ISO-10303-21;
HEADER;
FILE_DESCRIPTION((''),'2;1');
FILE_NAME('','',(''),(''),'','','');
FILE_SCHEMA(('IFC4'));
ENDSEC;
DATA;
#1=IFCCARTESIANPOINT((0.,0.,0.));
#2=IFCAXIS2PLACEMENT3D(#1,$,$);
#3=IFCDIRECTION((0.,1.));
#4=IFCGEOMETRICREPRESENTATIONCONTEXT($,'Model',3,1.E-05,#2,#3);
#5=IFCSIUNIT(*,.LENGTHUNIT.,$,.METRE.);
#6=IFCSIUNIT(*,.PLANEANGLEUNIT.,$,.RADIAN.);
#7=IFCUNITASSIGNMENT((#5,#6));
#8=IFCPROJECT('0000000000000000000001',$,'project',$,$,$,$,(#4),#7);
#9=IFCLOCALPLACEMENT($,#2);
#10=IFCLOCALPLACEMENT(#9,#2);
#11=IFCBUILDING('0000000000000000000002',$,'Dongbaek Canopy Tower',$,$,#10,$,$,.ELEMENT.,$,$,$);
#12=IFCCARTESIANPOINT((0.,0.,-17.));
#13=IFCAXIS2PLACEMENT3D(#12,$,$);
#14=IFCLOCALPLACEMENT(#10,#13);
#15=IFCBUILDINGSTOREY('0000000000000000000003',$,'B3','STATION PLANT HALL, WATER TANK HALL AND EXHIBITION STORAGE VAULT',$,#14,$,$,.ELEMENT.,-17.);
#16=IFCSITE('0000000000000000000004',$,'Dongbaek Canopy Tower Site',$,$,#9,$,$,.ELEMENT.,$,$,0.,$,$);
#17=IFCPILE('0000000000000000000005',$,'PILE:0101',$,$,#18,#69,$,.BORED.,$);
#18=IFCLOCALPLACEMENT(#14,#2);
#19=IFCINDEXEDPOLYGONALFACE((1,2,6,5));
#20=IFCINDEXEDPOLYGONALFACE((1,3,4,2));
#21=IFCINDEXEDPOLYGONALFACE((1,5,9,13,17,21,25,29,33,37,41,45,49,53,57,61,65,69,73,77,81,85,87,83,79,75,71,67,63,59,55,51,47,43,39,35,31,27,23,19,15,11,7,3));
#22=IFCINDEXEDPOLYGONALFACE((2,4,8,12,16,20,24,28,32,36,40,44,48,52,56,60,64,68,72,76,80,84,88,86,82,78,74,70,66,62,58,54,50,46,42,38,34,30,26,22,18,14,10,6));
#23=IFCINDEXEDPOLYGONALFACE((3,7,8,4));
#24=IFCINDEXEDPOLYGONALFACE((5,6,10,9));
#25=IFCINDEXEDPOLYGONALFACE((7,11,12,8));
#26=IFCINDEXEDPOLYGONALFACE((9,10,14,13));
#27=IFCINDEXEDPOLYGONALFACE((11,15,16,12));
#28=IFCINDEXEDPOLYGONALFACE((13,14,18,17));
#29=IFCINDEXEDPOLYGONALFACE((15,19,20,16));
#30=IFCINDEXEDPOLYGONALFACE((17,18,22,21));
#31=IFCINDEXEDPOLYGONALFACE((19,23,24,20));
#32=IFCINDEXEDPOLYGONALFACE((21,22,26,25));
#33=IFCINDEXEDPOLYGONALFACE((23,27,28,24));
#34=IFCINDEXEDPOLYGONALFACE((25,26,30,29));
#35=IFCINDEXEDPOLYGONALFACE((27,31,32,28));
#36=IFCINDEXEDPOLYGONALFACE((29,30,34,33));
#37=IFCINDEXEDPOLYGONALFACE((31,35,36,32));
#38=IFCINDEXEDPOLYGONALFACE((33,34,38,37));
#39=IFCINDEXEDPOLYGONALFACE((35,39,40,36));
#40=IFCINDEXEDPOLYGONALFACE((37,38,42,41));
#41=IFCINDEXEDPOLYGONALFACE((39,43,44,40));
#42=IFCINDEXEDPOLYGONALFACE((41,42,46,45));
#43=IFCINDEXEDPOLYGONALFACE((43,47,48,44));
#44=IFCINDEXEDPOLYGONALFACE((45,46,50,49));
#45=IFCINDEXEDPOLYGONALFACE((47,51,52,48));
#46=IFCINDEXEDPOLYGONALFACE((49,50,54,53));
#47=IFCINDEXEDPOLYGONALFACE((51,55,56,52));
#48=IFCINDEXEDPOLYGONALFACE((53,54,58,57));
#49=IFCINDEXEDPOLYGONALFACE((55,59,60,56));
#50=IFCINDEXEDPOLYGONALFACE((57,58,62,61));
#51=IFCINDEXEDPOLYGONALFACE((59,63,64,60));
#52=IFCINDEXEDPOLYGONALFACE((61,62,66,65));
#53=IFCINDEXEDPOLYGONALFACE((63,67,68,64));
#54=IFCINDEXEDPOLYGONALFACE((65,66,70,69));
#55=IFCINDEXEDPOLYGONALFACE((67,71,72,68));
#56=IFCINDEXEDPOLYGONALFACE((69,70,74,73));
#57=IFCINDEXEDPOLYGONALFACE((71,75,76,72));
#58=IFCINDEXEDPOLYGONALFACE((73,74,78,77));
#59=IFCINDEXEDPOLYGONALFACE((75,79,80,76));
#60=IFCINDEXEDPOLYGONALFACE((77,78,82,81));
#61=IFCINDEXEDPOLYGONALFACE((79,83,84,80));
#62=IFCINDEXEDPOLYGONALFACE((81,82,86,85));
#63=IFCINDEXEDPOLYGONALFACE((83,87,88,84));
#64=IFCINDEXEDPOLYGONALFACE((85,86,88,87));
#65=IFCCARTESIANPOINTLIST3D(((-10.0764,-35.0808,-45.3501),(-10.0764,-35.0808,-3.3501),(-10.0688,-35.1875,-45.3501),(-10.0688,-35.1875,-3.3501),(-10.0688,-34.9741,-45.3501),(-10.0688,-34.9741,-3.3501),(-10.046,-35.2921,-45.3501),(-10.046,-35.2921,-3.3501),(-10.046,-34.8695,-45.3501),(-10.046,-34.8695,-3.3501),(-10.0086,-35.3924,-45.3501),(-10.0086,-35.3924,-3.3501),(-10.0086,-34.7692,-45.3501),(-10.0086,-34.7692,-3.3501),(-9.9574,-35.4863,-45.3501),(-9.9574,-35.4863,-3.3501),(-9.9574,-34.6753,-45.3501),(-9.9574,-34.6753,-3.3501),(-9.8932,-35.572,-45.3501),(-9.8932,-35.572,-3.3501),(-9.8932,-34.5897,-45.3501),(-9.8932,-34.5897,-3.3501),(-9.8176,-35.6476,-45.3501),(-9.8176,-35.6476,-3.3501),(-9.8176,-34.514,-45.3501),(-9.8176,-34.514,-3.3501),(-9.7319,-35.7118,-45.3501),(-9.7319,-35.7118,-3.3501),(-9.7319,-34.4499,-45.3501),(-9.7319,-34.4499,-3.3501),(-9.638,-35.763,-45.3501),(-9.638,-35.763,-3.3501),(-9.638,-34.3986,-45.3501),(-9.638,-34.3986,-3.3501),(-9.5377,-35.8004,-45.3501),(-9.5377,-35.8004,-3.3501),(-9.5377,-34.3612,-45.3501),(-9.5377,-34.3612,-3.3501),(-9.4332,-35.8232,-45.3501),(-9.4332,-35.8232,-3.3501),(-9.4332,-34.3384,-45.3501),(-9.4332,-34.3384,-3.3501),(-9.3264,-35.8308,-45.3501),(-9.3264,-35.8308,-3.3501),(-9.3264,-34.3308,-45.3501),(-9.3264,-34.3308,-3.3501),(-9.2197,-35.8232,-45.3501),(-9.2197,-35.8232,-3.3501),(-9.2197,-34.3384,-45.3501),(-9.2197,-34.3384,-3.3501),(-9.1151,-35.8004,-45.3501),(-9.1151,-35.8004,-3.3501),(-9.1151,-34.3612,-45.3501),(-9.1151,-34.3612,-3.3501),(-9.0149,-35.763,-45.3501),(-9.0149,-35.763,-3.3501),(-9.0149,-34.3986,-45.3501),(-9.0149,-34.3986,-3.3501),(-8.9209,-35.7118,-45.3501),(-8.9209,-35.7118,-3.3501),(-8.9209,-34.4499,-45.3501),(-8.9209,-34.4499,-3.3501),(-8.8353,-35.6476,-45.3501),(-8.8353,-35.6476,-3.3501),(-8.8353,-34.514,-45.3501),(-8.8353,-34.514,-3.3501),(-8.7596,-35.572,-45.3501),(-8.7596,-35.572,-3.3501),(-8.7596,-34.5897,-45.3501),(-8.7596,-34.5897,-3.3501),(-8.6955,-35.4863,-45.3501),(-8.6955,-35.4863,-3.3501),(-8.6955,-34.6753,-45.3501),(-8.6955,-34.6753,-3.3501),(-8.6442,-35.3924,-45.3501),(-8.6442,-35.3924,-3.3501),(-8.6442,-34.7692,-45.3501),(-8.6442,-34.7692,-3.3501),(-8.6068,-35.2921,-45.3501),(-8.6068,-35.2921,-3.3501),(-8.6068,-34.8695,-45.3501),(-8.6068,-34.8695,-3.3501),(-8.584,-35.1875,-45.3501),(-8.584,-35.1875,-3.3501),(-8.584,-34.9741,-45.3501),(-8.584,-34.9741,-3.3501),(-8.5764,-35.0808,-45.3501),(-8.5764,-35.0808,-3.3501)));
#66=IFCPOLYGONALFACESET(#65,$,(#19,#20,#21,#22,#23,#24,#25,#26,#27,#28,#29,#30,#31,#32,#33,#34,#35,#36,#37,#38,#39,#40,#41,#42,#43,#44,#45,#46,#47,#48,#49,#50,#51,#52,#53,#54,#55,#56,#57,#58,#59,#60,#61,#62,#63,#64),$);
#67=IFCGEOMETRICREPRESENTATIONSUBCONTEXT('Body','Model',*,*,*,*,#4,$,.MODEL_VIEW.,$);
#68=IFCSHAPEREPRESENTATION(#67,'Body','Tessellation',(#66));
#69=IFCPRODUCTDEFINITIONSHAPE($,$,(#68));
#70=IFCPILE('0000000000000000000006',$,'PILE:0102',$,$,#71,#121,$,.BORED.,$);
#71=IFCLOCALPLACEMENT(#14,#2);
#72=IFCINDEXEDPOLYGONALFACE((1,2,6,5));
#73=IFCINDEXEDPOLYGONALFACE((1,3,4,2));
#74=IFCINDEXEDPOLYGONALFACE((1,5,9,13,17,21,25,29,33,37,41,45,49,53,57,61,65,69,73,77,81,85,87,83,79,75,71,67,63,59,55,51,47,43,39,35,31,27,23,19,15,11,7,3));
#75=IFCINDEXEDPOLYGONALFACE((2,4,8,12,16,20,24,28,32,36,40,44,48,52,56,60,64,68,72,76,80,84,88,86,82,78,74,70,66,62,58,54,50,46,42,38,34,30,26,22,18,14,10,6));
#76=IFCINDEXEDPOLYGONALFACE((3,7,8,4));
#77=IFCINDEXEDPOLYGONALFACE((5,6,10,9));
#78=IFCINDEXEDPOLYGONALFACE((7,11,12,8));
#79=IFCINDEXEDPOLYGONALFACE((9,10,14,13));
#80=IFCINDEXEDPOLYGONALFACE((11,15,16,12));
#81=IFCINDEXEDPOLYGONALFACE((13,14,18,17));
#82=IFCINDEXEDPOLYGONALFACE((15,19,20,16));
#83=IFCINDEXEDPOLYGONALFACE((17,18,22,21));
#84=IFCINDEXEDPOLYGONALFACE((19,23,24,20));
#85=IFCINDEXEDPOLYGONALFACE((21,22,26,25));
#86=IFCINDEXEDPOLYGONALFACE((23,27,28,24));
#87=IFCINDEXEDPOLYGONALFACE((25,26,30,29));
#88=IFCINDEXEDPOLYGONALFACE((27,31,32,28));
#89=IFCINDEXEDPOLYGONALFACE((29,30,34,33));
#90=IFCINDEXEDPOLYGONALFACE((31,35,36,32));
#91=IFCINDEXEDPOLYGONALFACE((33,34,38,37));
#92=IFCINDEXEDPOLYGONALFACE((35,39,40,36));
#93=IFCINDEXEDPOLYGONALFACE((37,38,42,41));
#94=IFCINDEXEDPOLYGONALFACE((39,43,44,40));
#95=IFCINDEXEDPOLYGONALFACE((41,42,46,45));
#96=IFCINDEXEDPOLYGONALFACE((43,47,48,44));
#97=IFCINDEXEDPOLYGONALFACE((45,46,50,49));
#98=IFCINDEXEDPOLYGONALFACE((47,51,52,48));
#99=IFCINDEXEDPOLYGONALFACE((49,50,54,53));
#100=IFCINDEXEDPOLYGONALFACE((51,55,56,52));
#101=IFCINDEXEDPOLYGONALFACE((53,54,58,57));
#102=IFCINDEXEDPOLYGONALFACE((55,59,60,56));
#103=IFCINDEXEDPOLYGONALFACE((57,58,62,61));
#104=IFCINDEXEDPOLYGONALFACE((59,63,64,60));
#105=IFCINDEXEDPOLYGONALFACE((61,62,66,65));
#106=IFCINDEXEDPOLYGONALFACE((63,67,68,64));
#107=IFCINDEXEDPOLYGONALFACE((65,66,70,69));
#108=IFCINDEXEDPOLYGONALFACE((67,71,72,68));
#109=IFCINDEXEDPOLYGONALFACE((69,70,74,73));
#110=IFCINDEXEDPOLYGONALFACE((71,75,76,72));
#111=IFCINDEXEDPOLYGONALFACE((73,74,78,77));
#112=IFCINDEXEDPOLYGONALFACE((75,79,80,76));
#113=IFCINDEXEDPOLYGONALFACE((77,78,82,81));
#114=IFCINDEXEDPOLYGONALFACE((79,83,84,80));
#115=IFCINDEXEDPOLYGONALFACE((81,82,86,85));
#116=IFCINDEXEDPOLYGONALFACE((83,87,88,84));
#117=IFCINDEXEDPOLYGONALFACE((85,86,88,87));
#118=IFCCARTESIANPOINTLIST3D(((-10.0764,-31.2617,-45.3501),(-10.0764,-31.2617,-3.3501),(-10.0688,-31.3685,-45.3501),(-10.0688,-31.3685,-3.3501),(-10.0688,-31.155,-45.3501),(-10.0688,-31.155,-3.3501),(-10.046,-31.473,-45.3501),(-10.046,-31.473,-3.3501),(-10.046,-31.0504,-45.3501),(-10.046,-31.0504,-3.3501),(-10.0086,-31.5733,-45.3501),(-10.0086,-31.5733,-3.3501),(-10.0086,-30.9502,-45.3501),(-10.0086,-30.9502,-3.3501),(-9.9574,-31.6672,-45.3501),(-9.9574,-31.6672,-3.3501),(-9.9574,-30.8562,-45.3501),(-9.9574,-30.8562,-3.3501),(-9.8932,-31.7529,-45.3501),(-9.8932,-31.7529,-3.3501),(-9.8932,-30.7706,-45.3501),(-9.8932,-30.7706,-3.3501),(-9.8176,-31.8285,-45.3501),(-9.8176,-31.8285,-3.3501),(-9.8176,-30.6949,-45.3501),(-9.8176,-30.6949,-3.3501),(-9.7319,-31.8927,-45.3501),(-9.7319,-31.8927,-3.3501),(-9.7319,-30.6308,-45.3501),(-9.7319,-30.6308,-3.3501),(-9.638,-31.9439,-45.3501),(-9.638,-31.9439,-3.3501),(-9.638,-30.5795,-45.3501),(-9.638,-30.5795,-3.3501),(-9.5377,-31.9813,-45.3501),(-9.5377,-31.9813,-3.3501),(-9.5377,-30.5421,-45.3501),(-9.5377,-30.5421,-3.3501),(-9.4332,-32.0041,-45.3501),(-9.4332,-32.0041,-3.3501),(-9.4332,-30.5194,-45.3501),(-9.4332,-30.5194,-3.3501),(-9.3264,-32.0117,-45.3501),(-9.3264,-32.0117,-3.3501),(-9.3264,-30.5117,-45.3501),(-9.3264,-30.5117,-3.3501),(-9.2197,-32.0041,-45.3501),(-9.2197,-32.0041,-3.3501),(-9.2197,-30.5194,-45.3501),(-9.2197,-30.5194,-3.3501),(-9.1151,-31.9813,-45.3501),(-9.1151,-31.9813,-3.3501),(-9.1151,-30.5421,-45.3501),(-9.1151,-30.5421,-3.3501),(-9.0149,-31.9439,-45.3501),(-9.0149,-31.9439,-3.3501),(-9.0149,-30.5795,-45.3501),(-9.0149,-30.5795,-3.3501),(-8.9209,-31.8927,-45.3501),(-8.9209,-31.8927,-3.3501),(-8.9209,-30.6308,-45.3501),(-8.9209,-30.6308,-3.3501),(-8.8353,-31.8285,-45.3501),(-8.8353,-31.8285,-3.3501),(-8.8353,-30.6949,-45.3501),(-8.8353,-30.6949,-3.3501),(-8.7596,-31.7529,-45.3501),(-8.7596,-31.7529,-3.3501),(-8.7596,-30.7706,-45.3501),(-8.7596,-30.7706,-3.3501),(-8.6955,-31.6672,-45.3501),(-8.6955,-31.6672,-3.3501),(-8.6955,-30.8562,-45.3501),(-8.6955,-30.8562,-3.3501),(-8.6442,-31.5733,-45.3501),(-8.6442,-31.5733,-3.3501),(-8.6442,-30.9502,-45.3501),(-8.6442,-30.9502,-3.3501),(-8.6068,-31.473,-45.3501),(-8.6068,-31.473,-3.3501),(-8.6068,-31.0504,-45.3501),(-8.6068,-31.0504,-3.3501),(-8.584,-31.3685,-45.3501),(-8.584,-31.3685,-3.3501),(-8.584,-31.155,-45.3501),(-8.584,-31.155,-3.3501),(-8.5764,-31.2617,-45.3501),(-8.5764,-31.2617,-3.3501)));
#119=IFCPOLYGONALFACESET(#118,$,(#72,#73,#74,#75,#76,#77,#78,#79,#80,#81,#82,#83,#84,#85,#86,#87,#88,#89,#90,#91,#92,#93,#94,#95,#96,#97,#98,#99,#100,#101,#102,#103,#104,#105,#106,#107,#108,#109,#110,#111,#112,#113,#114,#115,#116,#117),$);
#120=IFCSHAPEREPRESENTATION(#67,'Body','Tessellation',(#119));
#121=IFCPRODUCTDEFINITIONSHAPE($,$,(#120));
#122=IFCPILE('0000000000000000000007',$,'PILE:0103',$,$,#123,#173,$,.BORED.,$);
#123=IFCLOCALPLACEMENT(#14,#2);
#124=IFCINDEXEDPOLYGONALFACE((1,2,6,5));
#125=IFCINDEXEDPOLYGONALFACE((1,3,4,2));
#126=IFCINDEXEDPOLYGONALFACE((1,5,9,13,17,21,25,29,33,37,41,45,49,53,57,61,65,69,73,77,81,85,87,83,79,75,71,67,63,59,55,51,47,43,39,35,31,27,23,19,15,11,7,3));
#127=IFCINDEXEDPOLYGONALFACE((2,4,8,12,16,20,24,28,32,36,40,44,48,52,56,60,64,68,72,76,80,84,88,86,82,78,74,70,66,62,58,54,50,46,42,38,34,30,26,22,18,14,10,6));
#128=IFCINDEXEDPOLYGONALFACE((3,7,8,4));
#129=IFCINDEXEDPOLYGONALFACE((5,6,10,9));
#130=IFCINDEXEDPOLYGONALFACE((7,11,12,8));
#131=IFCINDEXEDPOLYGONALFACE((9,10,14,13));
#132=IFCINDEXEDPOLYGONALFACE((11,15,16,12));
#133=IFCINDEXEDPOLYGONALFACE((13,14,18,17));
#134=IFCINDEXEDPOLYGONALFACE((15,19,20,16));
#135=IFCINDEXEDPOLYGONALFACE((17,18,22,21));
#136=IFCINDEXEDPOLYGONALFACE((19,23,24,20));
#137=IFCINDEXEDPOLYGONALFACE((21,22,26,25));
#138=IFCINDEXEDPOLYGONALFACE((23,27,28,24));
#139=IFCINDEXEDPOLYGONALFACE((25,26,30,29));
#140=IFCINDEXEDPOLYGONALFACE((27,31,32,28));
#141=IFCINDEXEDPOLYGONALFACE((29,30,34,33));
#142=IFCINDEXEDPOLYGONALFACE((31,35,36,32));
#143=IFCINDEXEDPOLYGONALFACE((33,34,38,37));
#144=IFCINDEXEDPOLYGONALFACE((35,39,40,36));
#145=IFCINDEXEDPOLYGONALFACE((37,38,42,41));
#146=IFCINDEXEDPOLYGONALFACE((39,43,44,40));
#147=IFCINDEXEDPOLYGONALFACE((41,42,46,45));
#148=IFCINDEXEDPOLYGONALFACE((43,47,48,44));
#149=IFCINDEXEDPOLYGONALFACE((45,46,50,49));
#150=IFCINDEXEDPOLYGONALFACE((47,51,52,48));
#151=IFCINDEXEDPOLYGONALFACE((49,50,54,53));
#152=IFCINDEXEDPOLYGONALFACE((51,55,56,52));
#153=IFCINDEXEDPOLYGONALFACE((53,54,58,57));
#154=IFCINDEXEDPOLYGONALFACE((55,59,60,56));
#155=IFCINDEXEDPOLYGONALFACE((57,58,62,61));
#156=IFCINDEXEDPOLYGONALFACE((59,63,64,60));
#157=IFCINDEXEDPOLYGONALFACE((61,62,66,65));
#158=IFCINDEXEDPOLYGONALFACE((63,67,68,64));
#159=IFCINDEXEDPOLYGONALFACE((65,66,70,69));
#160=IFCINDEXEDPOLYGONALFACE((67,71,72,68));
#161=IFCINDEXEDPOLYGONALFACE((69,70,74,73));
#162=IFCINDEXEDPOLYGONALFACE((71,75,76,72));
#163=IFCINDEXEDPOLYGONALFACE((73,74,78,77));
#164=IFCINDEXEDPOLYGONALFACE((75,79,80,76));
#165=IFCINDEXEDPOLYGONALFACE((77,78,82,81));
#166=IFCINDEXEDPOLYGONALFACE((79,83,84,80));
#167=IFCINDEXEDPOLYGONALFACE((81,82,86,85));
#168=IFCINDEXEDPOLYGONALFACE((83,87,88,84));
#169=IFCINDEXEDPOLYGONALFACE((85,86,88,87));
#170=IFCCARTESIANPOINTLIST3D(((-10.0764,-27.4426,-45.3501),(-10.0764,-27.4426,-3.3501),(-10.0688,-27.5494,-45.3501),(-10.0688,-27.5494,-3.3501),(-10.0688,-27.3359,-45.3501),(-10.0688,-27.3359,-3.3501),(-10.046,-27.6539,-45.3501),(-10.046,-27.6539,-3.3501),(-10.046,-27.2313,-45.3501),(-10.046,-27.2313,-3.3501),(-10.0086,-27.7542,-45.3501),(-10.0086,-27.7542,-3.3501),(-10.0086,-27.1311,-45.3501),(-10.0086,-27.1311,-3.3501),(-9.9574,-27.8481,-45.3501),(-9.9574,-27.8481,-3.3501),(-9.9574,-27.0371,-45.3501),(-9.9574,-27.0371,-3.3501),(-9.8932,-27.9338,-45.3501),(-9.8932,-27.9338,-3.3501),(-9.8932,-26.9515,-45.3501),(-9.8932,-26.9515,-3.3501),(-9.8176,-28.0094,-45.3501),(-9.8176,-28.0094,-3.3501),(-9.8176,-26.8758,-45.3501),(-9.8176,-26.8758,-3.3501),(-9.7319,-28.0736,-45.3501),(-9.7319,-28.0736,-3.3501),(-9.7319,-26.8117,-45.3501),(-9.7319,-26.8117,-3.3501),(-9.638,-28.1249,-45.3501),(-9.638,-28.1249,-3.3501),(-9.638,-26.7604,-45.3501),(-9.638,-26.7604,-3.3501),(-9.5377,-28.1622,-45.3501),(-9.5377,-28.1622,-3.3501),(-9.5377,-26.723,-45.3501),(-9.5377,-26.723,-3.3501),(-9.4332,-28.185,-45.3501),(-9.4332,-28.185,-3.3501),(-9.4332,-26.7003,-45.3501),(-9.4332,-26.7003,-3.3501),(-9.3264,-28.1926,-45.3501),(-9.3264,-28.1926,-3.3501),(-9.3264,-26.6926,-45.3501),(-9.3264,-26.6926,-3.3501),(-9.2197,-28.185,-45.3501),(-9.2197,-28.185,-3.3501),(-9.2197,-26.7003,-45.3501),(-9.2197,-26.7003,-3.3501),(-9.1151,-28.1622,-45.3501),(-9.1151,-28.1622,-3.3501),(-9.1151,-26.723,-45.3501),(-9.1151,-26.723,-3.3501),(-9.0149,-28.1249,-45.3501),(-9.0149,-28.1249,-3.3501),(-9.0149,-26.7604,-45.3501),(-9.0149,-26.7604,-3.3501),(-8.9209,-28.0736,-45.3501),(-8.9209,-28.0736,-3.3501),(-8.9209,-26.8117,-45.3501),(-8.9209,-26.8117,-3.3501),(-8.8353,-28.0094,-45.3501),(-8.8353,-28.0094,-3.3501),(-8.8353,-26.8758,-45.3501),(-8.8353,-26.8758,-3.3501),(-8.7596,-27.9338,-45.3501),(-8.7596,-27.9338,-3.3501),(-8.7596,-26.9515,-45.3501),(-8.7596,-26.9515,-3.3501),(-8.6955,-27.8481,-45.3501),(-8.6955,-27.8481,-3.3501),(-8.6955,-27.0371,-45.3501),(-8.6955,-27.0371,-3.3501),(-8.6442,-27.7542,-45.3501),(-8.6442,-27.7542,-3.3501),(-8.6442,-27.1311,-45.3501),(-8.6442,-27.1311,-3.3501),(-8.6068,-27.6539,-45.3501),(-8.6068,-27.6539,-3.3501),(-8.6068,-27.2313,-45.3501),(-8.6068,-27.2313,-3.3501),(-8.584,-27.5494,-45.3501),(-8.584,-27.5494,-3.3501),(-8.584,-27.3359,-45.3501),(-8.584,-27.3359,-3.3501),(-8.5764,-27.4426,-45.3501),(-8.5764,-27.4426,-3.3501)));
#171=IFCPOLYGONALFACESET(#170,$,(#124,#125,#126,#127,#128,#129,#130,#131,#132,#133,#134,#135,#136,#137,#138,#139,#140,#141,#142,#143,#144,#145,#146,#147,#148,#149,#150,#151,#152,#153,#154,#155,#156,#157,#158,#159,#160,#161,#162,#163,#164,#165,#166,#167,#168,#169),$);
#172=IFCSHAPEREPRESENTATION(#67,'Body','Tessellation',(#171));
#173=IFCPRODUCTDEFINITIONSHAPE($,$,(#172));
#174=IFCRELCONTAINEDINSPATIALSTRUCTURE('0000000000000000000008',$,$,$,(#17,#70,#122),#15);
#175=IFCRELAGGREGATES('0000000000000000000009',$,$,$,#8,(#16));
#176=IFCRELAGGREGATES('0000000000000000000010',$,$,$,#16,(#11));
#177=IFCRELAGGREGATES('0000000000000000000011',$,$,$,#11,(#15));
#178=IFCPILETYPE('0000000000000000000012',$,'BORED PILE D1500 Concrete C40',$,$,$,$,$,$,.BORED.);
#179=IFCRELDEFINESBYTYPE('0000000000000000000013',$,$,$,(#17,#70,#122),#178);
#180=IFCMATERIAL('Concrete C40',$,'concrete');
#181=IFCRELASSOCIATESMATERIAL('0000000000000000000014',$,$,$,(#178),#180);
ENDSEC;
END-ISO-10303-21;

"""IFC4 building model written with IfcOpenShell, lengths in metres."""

from ifc_helpers import new_model, si_unit, direction, frame, origin, origin_2d, place, context, subcontext, project, spatial, circle, extrude, material, material_profile, profile_set, type_object, element, save


model = new_model("IFC4")

# Units and contexts
model_context = context("Model", 3, precision=1e-05, world=origin(), true_north=direction((0.0, 1.0)))
body_context = subcontext(model_context, "Body", "Model", "MODEL_VIEW")
ifc_project = project(units=[si_unit("LENGTHUNIT", "METRE"), si_unit("PLANEANGLEUNIT", "RADIAN")], contexts=[model_context])

# Site, building, storey
site_placement = place(None, origin())
site = spatial("IfcSite", under=ifc_project, at=site_placement, Name="Dongbaek Canopy Tower Site", CompositionType="ELEMENT", RefElevation=0.0)
building_placement = place(site_placement, origin())
building = spatial("IfcBuilding", under=site, at=building_placement, Name="Dongbaek Canopy Tower", CompositionType="ELEMENT")
storey_placement = place(building_placement, frame((0.0, 0.0, -17.0)))
storey = spatial("IfcBuildingStorey", under=building, at=storey_placement, Name="B3", Description="STATION PLANT HALL, WATER TANK HALL AND EXHIBITION STORAGE VAULT", CompositionType="ELEMENT", Elevation=-17.0)

# Piles
ifc_material_1 = material(Name="Concrete C40", Category="concrete")
ifc_material_profile_1 = material_profile(ifc_material_1, circle(Radius=0.75, at=origin_2d()), Name="BORED PILE D1500 Concrete C40")
ifc_profile_set_1 = profile_set([ifc_material_profile_1], Name="Concrete C40")
pile_type = type_object("IfcPileType", Name="BORED PILE D1500 Concrete C40", PredefinedType="BORED", material=ifc_profile_set_1)
for number, where, z_axis, x_axis, name in (
    (1, (-9.3264, -35.0808, -3.3501), (0.0, 0.0, -1.0), (1.0, 0.0, 0.0), "PILE:0101"),
    (2, (-9.3264, -31.2617, -3.3501), (0.0, 0.0, -1.0), (1.0, 0.0, 0.0), "PILE:0102"),
    (3, (-9.3264, -27.4426, -3.3501), (0.0, 0.0, -1.0), (1.0, 0.0, 0.0), "PILE:0103"),
):
    element("IfcPile", number, at=place(storey_placement, frame(where, z_axis=z_axis, x_axis=x_axis)), inside=storey, type_object=pile_type, Name=name, PredefinedType="BORED", context=body_context, shape_type="SweptSolid", body=[
        extrude(circle(Radius=0.75, at=origin_2d()), origin(), (0.0, 0.0, 1.0), 42.0),
    ])

save(model, "model.ifc")
